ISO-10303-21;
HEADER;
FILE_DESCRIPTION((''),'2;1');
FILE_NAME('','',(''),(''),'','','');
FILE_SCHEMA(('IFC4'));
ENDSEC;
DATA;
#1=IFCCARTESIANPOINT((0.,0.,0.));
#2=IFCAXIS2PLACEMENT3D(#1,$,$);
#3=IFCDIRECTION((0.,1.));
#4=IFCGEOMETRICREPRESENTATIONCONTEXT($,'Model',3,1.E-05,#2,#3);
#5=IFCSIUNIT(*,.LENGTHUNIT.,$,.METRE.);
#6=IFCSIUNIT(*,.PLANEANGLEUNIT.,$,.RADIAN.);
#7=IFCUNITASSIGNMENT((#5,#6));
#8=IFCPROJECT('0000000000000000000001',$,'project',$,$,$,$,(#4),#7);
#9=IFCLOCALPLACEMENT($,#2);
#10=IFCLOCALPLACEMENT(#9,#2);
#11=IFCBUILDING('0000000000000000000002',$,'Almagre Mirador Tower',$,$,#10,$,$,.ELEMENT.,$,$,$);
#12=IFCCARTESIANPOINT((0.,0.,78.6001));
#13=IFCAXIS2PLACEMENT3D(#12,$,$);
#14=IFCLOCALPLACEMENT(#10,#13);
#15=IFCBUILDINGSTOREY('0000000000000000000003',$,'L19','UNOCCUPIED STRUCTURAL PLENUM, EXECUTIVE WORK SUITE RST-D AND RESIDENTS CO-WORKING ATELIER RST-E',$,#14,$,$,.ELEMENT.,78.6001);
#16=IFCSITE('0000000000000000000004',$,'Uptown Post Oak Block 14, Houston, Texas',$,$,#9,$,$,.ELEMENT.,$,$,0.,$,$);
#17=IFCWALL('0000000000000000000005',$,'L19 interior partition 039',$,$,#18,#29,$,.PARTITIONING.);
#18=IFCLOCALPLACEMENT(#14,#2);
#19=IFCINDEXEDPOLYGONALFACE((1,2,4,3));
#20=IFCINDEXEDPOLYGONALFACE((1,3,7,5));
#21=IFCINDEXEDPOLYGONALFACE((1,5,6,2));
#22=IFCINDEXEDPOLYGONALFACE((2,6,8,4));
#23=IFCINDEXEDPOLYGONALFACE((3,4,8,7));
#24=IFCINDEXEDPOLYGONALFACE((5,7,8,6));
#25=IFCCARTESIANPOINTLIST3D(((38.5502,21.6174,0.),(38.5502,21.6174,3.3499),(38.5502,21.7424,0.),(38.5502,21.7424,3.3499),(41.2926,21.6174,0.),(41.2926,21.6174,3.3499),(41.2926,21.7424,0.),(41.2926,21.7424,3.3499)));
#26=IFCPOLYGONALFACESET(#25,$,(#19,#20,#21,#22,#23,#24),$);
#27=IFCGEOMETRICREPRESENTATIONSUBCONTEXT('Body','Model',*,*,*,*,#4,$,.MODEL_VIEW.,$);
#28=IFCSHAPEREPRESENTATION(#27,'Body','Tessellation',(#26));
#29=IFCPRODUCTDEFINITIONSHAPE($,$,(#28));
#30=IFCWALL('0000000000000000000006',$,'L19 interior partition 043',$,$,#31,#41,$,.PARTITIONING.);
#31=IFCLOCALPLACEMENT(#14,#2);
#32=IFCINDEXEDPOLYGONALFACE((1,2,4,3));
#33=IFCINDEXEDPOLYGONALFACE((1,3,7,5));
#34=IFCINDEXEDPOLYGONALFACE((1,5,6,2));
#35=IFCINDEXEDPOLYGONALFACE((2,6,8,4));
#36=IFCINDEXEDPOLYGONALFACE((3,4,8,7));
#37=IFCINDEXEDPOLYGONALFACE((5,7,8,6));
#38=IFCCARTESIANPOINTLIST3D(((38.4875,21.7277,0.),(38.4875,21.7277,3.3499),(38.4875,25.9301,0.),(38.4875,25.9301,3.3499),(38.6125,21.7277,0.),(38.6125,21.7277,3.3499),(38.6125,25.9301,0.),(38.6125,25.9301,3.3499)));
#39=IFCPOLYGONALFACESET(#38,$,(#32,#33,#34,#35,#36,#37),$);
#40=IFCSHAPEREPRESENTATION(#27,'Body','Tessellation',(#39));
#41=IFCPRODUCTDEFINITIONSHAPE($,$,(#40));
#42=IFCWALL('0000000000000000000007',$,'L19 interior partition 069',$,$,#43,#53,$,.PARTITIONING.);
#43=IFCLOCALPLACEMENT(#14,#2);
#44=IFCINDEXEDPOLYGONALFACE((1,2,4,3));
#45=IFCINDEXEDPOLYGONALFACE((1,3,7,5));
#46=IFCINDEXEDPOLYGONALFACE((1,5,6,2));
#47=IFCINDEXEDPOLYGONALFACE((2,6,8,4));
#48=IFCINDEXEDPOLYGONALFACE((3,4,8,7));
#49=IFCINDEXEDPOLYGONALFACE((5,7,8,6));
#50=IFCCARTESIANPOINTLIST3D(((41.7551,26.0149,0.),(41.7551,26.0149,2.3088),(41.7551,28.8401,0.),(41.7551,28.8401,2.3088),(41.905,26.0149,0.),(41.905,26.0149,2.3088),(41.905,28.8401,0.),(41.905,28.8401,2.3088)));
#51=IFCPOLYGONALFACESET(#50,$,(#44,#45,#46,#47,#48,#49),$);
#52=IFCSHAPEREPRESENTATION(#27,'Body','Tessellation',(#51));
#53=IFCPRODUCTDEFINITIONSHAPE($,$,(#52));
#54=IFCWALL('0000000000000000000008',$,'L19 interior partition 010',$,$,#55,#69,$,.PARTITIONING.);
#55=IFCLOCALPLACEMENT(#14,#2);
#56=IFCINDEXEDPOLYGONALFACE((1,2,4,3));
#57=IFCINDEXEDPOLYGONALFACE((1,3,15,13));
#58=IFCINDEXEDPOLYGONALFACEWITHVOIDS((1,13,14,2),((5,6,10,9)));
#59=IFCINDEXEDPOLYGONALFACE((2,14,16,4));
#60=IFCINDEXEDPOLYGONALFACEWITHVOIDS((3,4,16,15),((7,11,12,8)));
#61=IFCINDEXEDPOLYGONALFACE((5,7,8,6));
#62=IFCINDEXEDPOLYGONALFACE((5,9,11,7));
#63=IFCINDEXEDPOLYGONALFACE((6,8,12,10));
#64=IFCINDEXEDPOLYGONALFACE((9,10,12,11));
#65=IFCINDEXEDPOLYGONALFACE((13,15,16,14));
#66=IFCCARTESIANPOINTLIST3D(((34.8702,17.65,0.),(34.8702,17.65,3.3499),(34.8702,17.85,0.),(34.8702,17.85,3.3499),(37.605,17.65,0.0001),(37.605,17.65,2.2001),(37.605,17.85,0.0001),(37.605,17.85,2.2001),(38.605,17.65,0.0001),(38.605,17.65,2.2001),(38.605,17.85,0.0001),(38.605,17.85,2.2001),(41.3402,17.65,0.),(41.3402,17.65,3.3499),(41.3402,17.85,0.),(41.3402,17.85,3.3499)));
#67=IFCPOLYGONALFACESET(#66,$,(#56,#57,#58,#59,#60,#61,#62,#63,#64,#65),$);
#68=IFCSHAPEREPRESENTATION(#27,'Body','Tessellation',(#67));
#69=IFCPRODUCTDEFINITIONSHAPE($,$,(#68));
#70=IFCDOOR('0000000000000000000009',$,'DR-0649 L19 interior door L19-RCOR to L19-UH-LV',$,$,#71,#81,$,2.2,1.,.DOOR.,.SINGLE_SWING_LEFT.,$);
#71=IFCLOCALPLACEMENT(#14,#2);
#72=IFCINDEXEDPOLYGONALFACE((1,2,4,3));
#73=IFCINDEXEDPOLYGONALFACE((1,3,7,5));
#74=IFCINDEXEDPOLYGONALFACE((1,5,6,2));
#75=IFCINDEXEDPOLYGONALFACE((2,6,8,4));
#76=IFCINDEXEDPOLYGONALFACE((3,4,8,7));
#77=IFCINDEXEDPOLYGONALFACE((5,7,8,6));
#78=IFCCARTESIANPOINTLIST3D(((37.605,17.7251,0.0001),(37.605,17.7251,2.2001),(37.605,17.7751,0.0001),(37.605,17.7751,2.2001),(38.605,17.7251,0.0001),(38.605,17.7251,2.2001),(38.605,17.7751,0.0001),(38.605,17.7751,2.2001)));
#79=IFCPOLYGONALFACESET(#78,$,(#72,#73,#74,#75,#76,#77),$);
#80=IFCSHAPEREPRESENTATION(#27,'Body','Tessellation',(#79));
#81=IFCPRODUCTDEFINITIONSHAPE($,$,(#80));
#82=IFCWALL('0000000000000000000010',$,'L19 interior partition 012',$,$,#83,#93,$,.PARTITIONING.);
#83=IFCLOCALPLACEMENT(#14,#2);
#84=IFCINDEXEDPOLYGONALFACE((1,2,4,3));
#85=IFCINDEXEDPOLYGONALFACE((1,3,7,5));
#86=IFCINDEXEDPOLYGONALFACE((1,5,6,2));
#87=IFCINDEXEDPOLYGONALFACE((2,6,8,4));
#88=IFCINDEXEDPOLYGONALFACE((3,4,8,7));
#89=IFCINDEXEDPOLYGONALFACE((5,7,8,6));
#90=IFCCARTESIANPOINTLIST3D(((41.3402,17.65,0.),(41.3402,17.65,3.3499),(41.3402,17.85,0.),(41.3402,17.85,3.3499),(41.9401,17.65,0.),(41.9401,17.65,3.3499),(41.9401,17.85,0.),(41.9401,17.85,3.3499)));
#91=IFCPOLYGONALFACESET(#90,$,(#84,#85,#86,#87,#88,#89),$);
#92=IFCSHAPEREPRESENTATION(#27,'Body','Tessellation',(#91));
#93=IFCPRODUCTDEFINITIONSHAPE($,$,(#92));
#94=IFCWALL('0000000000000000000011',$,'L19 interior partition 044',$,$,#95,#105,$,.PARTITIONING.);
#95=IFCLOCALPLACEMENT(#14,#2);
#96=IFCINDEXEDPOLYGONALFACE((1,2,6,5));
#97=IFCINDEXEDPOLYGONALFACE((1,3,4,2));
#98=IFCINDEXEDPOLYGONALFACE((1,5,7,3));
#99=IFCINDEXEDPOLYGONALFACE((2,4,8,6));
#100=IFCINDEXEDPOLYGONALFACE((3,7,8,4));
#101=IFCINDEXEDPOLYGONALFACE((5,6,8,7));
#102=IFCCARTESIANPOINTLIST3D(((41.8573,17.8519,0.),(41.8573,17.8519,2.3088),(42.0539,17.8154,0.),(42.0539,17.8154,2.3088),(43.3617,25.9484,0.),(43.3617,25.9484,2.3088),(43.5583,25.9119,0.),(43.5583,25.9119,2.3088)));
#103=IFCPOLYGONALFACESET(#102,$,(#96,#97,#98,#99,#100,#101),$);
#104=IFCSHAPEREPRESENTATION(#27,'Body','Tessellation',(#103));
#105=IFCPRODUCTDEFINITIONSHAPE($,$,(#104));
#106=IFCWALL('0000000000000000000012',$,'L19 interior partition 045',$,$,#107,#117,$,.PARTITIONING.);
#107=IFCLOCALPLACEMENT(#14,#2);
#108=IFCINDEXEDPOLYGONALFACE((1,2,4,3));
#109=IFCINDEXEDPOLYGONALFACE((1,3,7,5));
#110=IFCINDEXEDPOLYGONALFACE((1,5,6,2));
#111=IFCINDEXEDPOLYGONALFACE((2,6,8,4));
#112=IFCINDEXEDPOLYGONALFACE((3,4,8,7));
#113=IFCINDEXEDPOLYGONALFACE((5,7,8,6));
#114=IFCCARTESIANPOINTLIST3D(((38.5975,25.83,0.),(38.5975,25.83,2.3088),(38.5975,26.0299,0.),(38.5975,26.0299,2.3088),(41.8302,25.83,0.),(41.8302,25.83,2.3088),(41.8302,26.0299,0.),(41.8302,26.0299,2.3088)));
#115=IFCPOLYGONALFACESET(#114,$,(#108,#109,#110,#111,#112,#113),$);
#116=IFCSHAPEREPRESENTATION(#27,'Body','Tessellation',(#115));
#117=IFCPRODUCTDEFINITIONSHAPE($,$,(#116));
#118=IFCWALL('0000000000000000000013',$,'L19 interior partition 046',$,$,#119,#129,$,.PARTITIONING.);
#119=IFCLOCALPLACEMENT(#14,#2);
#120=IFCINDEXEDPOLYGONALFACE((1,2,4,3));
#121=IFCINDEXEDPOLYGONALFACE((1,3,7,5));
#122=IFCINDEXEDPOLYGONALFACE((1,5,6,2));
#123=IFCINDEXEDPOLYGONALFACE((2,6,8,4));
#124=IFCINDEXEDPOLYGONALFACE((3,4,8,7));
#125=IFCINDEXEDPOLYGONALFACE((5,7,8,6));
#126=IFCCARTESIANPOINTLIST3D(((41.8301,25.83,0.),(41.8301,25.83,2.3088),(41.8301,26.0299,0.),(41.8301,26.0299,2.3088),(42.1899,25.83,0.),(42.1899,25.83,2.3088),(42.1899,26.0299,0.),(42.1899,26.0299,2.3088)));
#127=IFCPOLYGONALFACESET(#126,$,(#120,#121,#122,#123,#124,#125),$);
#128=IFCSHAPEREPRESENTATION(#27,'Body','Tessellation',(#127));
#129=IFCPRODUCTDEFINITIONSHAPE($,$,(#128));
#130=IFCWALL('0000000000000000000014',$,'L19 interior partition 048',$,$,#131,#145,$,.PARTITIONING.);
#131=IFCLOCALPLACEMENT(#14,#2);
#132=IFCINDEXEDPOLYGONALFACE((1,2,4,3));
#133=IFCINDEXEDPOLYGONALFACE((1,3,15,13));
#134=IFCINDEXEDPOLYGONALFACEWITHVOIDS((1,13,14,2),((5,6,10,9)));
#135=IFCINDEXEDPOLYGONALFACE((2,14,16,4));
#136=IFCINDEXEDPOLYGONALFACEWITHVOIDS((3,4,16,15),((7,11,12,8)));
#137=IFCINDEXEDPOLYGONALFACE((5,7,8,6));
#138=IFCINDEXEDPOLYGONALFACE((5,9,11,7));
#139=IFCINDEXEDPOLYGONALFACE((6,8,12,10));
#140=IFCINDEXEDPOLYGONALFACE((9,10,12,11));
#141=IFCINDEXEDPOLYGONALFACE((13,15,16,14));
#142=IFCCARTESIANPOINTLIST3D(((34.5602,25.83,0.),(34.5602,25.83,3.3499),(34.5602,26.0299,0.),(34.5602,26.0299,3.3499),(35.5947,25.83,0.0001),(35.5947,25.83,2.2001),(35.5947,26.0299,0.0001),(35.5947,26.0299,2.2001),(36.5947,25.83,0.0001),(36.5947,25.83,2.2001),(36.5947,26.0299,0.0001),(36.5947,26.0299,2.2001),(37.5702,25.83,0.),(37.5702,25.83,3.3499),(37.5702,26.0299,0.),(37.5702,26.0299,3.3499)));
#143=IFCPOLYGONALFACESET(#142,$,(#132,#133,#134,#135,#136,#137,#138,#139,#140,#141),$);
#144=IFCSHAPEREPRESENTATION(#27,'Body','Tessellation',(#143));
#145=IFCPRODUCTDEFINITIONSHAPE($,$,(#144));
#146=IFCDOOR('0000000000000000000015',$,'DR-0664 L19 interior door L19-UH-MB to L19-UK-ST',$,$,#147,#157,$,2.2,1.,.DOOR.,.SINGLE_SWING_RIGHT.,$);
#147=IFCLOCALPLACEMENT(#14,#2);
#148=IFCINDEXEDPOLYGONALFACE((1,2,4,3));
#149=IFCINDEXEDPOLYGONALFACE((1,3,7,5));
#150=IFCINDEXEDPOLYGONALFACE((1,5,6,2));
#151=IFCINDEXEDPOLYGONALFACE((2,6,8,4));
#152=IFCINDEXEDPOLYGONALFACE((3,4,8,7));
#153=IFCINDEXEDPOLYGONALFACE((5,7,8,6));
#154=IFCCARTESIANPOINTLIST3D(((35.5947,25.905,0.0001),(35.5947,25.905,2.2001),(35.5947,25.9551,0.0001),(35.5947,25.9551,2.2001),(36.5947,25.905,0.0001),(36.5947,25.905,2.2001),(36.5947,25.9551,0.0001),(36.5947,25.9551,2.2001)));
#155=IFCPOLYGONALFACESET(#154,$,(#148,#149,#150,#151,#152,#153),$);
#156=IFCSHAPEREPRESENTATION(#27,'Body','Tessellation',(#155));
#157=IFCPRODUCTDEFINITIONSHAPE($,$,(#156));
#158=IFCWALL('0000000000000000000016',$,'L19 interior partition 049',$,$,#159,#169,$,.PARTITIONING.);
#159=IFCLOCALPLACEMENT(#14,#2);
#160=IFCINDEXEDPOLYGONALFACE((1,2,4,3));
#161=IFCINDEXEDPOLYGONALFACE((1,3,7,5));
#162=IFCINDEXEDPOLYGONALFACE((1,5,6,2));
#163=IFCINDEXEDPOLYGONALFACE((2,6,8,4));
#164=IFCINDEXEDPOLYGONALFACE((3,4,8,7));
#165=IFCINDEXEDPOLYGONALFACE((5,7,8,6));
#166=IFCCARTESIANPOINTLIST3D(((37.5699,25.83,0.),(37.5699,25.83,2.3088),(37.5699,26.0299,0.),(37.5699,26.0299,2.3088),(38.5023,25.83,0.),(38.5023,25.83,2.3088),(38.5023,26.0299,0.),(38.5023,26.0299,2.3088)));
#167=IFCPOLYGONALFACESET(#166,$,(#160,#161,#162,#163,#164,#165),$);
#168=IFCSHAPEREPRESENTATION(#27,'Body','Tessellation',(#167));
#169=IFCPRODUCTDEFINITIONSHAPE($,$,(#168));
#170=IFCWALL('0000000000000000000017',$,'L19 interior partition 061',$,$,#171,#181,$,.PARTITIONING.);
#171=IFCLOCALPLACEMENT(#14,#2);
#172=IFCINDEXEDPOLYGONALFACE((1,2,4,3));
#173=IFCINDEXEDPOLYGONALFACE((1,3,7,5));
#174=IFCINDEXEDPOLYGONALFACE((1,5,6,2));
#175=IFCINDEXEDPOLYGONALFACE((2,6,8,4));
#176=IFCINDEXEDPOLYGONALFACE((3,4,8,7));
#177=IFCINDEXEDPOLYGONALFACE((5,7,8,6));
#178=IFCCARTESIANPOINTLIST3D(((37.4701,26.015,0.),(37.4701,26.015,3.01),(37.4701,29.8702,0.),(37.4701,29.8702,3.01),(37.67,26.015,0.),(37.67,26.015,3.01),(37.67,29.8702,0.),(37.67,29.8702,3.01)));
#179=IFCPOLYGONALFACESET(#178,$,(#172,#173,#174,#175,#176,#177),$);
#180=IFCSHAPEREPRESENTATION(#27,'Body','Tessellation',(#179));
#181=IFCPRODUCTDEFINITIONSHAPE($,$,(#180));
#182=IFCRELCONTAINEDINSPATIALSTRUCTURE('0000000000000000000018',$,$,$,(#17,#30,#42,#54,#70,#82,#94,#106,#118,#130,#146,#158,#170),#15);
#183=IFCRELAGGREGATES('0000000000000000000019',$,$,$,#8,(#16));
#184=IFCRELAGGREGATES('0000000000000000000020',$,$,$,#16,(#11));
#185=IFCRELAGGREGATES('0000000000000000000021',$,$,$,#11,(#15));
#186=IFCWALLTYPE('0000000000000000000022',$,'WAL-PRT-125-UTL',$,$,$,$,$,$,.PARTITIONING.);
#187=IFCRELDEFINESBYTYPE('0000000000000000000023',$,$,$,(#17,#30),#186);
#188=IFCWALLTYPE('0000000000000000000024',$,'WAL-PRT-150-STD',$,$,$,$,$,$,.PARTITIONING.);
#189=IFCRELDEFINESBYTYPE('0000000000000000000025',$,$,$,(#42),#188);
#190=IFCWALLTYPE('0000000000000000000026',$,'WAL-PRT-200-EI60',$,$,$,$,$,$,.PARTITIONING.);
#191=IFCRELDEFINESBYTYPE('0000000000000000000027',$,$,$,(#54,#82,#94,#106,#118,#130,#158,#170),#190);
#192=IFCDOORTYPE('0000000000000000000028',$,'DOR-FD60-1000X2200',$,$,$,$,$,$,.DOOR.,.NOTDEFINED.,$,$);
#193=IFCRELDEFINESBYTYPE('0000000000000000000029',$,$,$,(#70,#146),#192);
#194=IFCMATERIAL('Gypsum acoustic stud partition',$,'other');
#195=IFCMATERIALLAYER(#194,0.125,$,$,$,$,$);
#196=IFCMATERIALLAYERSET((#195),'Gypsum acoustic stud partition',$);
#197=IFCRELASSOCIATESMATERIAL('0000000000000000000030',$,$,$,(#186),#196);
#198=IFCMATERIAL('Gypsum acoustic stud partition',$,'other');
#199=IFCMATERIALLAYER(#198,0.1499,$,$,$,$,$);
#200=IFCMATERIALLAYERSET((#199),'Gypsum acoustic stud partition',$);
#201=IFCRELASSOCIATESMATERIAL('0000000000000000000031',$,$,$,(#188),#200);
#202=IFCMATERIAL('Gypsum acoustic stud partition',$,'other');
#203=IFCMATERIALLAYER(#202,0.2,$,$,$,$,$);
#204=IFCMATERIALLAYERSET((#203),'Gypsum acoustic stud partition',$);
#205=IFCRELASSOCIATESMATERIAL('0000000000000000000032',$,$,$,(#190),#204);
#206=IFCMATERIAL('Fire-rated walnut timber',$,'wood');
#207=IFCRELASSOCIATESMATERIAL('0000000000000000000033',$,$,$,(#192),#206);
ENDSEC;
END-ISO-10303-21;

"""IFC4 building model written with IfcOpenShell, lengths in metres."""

from ifc_helpers import new_model, si_unit, direction, frame, frame_2d, origin, place, context, subcontext, project, spatial, rectangle, extrude, material, layer, layer_set, type_object, element, fill, save


model = new_model("IFC4")

# Units and contexts
model_context = context("Model", 3, precision=1e-05, world=origin(), true_north=direction((0.0, 1.0)))
body_context = subcontext(model_context, "Body", "Model", "MODEL_VIEW")
ifc_project = project(units=[si_unit("LENGTHUNIT", "METRE"), si_unit("PLANEANGLEUNIT", "RADIAN")], contexts=[model_context])

# Site, building, storey
site_placement = place(None, origin())
site = spatial("IfcSite", under=ifc_project, at=site_placement, Name="Uptown Post Oak Block 14, Houston, Texas", CompositionType="ELEMENT", RefElevation=0.0)
building_placement = place(site_placement, origin())
building = spatial("IfcBuilding", under=site, at=building_placement, Name="Almagre Mirador Tower", CompositionType="ELEMENT")
storey_placement = place(building_placement, frame((0.0, 0.0, 78.6001)))
storey = spatial("IfcBuildingStorey", under=building, at=storey_placement, Name="L19", Description="UNOCCUPIED STRUCTURAL PLENUM, EXECUTIVE WORK SUITE RST-D AND RESIDENTS CO-WORKING ATELIER RST-E", CompositionType="ELEMENT", Elevation=78.6001)

# Shared definitions
ifc_material_1 = material(Name="Gypsum acoustic stud partition", Category="other")
ifc_layer_1 = layer(ifc_material_1, 0.125)
ifc_layer_set_1 = layer_set([ifc_layer_1], Name="Gypsum acoustic stud partition")
wall_type_1 = type_object("IfcWallType", Name="WAL-PRT-125-UTL", PredefinedType="PARTITIONING", material=ifc_layer_set_1)

# Walls
wall_1_placement = place(storey_placement, frame((41.2925, 21.6799, 0.0), z_axis=(0.0, 0.0, 1.0), x_axis=(-1.0, 0.0, 0.0)))
element("IfcWall", 1, at=wall_1_placement, inside=storey, type_object=wall_type_1, Name="L19 interior partition 039", PredefinedType="PARTITIONING", context=body_context, shape_type="SweptSolid", body=[
    extrude(rectangle(XDim=2.7424, YDim=0.125, at=frame_2d((1.3711, 0.0))), origin(), (0.0, 0.0, 1.0), 3.3499),
])
wall_2_placement = place(storey_placement, frame((38.55, 25.9299, 0.0), z_axis=(0.0, 0.0, 1.0), x_axis=(0.0, -1.0, 0.0)))
element("IfcWall", 2, at=wall_2_placement, inside=storey, type_object=wall_type_1, Name="L19 interior partition 043", PredefinedType="PARTITIONING", context=body_context, shape_type="SweptSolid", body=[
    extrude(rectangle(XDim=4.2024, YDim=0.125, at=frame_2d((2.1011, 0.0))), origin(), (0.0, 0.0, 1.0), 3.3499),
])

# Shared definitions
ifc_material_2 = material(Name="Gypsum acoustic stud partition", Category="other")
ifc_layer_2 = layer(ifc_material_2, 0.1499)
ifc_layer_set_2 = layer_set([ifc_layer_2], Name="Gypsum acoustic stud partition")
wall_type_2 = type_object("IfcWallType", Name="WAL-PRT-150-STD", PredefinedType="PARTITIONING", material=ifc_layer_set_2)

# Wall
wall_3_placement = place(storey_placement, frame((41.8301, 26.0149, 0.0), z_axis=(0.0, 0.0, 1.0), x_axis=(0.0, 1.0, 0.0)))
element("IfcWall", 3, at=wall_3_placement, inside=storey, type_object=wall_type_2, Name="L19 interior partition 069", PredefinedType="PARTITIONING", context=body_context, shape_type="SweptSolid", body=[
    extrude(rectangle(XDim=2.8252, YDim=0.1499, at=frame_2d((1.4126, 0.0))), origin(), (0.0, 0.0, 1.0), 2.3088),
])

# Wall, opening, door
ifc_material_3 = material(Name="Gypsum acoustic stud partition", Category="other")
ifc_layer_3 = layer(ifc_material_3, 0.2)
ifc_layer_set_3 = layer_set([ifc_layer_3], Name="Gypsum acoustic stud partition")
wall_type_3 = type_object("IfcWallType", Name="WAL-PRT-200-EI60", PredefinedType="PARTITIONING", material=ifc_layer_set_3)
wall_4_placement = place(storey_placement, frame((41.3401, 17.75, 0.0), z_axis=(0.0, 0.0, 1.0), x_axis=(-1.0, 0.0, 0.0)))
wall_4 = element("IfcWall", 4, at=wall_4_placement, inside=storey, type_object=wall_type_3, Name="L19 interior partition 010", PredefinedType="PARTITIONING", context=body_context, shape_type="SweptSolid", body=[
    extrude(rectangle(XDim=6.47, YDim=0.2, at=frame_2d((3.2349, 0.0))), origin(), (0.0, 0.0, 1.0), 3.3499),
])
opening_1_placement = place(wall_4_placement, frame((2.7351, 0.0, 0.0)))
opening_1 = element("IfcOpeningElement", 5, at=opening_1_placement, cuts=wall_4, PredefinedType="OPENING", context=body_context, shape_type="SweptSolid", body=[
    extrude(rectangle(XDim=1.0, YDim=2.2, at=frame_2d((0.5, 1.1001))), frame((0.0, 0.1101, 0.0), z_axis=(0.0, -1.0, 0.0), x_axis=(1.0, 0.0, 0.0)), (0.0, 0.0, 1.0), 0.22),
])
ifc_material_4 = material(Name="Fire-rated walnut timber", Category="wood")
door_type_1 = type_object("IfcDoorType", Name="DOR-FD60-1000X2200", OperationType="NOTDEFINED", PredefinedType="DOOR", material=ifc_material_4)
door_1_placement = place(opening_1_placement, origin())
door_1 = element("IfcDoor", 6, at=door_1_placement, inside=storey, type_object=door_type_1, Name="DR-0649 L19 interior door L19-RCOR to L19-UH-LV", OperationType="SINGLE_SWING_LEFT", OverallHeight=2.2, OverallWidth=1.0, PredefinedType="DOOR", context=body_context, shape_type="SweptSolid", body=[
    extrude(rectangle(XDim=1.0, YDim=2.2, at=frame_2d((0.5, 1.1001))), frame((0.0, 0.0249, 0.0), z_axis=(0.0, -1.0, 0.0), x_axis=(1.0, 0.0, 0.0)), (0.0, 0.0, 1.0), 0.05),
])
fill(opening_1, door_1)

# Walls
wall_5_placement = place(storey_placement, frame((41.9399, 17.75, 0.0), z_axis=(0.0, 0.0, 1.0), x_axis=(-1.0, 0.0, 0.0)))
element("IfcWall", 7, at=wall_5_placement, inside=storey, type_object=wall_type_3, Name="L19 interior partition 012", PredefinedType="PARTITIONING", context=body_context, shape_type="SweptSolid", body=[
    extrude(rectangle(XDim=0.5999, YDim=0.2, at=frame_2d((0.2998, 0.0))), origin(), (0.0, 0.0, 1.0), 3.3499),
])
wall_6_placement = place(storey_placement, frame((41.9556, 17.8335, 0.0), z_axis=(0.0, 0.0, 1.0), x_axis=(0.182683, 0.983172, 0.0)))
element("IfcWall", 8, at=wall_6_placement, inside=storey, type_object=wall_type_3, Name="L19 interior partition 044", PredefinedType="PARTITIONING", context=body_context, shape_type="SweptSolid", body=[
    extrude(rectangle(XDim=8.2351, YDim=0.2, at=frame_2d((4.1177, 0.0))), origin(), (0.0, 0.0, 1.0), 2.3088),
])
wall_7_placement = place(storey_placement, frame((41.8301, 25.9299, 0.0), z_axis=(0.0, 0.0, 1.0), x_axis=(-1.0, 0.0, 0.0)))
element("IfcWall", 9, at=wall_7_placement, inside=storey, type_object=wall_type_3, Name="L19 interior partition 045", PredefinedType="PARTITIONING", context=body_context, shape_type="SweptSolid", body=[
    extrude(rectangle(XDim=3.2327, YDim=0.2, at=frame_2d((1.6162, 0.0))), origin(), (0.0, 0.0, 1.0), 2.3088),
])
wall_8_placement = place(storey_placement, frame((42.1899, 25.9299, 0.0), z_axis=(0.0, 0.0, 1.0), x_axis=(-1.0, 0.0, 0.0)))
element("IfcWall", 10, at=wall_8_placement, inside=storey, type_object=wall_type_3, Name="L19 interior partition 046", PredefinedType="PARTITIONING", context=body_context, shape_type="SweptSolid", body=[
    extrude(rectangle(XDim=0.3599, YDim=0.2, at=frame_2d((0.1799, 0.0))), origin(), (0.0, 0.0, 1.0), 2.3088),
])

# Wall, opening, door
wall_9_placement = place(storey_placement, frame((37.5701, 25.9299, 0.0), z_axis=(0.0, 0.0, 1.0), x_axis=(-1.0, 0.0, 0.0)))
wall_9 = element("IfcWall", 11, at=wall_9_placement, inside=storey, type_object=wall_type_3, Name="L19 interior partition 048", PredefinedType="PARTITIONING", context=body_context, shape_type="SweptSolid", body=[
    extrude(rectangle(XDim=3.01, YDim=0.2, at=frame_2d((1.5049, 0.0))), origin(), (0.0, 0.0, 1.0), 3.3499),
])
opening_2_placement = place(wall_9_placement, frame((0.9753, 0.0, 0.0)))
opening_2 = element("IfcOpeningElement", 12, at=opening_2_placement, cuts=wall_9, PredefinedType="OPENING", context=body_context, shape_type="SweptSolid", body=[
    extrude(rectangle(XDim=1.0, YDim=2.2, at=frame_2d((0.5, 1.1001))), frame((0.0, 0.1101, 0.0), z_axis=(0.0, -1.0, 0.0), x_axis=(1.0, 0.0, 0.0)), (0.0, 0.0, 1.0), 0.22),
])
door_2_placement = place(opening_2_placement, origin())
door_2 = element("IfcDoor", 13, at=door_2_placement, inside=storey, type_object=door_type_1, Name="DR-0664 L19 interior door L19-UH-MB to L19-UK-ST", OperationType="SINGLE_SWING_RIGHT", OverallHeight=2.2, OverallWidth=1.0, PredefinedType="DOOR", context=body_context, shape_type="SweptSolid", body=[
    extrude(rectangle(XDim=1.0, YDim=2.2, at=frame_2d((0.5, 1.1001))), frame((0.0, 0.0249, 0.0), z_axis=(0.0, -1.0, 0.0), x_axis=(1.0, 0.0, 0.0)), (0.0, 0.0, 1.0), 0.05),
])
fill(opening_2, door_2)

# Walls
wall_10_placement = place(storey_placement, frame((38.5024, 25.9299, 0.0), z_axis=(0.0, 0.0, 1.0), x_axis=(-1.0, 0.0, 0.0)))
element("IfcWall", 14, at=wall_10_placement, inside=storey, type_object=wall_type_3, Name="L19 interior partition 049", PredefinedType="PARTITIONING", context=body_context, shape_type="SweptSolid", body=[
    extrude(rectangle(XDim=0.9324, YDim=0.2, at=frame_2d((0.4663, 0.0))), origin(), (0.0, 0.0, 1.0), 2.3088),
])
wall_11_placement = place(storey_placement, frame((37.5701, 26.0149, 0.0), z_axis=(0.0, 0.0, 1.0), x_axis=(0.0, 1.0, 0.0)))
element("IfcWall", 15, at=wall_11_placement, inside=storey, type_object=wall_type_3, Name="L19 interior partition 061", PredefinedType="PARTITIONING", context=body_context, shape_type="SweptSolid", body=[
    extrude(rectangle(XDim=3.8552, YDim=0.2, at=frame_2d((1.9277, 0.0))), origin(), (0.0, 0.0, 1.0), 3.01),
])

save(model, "model.ifc")
